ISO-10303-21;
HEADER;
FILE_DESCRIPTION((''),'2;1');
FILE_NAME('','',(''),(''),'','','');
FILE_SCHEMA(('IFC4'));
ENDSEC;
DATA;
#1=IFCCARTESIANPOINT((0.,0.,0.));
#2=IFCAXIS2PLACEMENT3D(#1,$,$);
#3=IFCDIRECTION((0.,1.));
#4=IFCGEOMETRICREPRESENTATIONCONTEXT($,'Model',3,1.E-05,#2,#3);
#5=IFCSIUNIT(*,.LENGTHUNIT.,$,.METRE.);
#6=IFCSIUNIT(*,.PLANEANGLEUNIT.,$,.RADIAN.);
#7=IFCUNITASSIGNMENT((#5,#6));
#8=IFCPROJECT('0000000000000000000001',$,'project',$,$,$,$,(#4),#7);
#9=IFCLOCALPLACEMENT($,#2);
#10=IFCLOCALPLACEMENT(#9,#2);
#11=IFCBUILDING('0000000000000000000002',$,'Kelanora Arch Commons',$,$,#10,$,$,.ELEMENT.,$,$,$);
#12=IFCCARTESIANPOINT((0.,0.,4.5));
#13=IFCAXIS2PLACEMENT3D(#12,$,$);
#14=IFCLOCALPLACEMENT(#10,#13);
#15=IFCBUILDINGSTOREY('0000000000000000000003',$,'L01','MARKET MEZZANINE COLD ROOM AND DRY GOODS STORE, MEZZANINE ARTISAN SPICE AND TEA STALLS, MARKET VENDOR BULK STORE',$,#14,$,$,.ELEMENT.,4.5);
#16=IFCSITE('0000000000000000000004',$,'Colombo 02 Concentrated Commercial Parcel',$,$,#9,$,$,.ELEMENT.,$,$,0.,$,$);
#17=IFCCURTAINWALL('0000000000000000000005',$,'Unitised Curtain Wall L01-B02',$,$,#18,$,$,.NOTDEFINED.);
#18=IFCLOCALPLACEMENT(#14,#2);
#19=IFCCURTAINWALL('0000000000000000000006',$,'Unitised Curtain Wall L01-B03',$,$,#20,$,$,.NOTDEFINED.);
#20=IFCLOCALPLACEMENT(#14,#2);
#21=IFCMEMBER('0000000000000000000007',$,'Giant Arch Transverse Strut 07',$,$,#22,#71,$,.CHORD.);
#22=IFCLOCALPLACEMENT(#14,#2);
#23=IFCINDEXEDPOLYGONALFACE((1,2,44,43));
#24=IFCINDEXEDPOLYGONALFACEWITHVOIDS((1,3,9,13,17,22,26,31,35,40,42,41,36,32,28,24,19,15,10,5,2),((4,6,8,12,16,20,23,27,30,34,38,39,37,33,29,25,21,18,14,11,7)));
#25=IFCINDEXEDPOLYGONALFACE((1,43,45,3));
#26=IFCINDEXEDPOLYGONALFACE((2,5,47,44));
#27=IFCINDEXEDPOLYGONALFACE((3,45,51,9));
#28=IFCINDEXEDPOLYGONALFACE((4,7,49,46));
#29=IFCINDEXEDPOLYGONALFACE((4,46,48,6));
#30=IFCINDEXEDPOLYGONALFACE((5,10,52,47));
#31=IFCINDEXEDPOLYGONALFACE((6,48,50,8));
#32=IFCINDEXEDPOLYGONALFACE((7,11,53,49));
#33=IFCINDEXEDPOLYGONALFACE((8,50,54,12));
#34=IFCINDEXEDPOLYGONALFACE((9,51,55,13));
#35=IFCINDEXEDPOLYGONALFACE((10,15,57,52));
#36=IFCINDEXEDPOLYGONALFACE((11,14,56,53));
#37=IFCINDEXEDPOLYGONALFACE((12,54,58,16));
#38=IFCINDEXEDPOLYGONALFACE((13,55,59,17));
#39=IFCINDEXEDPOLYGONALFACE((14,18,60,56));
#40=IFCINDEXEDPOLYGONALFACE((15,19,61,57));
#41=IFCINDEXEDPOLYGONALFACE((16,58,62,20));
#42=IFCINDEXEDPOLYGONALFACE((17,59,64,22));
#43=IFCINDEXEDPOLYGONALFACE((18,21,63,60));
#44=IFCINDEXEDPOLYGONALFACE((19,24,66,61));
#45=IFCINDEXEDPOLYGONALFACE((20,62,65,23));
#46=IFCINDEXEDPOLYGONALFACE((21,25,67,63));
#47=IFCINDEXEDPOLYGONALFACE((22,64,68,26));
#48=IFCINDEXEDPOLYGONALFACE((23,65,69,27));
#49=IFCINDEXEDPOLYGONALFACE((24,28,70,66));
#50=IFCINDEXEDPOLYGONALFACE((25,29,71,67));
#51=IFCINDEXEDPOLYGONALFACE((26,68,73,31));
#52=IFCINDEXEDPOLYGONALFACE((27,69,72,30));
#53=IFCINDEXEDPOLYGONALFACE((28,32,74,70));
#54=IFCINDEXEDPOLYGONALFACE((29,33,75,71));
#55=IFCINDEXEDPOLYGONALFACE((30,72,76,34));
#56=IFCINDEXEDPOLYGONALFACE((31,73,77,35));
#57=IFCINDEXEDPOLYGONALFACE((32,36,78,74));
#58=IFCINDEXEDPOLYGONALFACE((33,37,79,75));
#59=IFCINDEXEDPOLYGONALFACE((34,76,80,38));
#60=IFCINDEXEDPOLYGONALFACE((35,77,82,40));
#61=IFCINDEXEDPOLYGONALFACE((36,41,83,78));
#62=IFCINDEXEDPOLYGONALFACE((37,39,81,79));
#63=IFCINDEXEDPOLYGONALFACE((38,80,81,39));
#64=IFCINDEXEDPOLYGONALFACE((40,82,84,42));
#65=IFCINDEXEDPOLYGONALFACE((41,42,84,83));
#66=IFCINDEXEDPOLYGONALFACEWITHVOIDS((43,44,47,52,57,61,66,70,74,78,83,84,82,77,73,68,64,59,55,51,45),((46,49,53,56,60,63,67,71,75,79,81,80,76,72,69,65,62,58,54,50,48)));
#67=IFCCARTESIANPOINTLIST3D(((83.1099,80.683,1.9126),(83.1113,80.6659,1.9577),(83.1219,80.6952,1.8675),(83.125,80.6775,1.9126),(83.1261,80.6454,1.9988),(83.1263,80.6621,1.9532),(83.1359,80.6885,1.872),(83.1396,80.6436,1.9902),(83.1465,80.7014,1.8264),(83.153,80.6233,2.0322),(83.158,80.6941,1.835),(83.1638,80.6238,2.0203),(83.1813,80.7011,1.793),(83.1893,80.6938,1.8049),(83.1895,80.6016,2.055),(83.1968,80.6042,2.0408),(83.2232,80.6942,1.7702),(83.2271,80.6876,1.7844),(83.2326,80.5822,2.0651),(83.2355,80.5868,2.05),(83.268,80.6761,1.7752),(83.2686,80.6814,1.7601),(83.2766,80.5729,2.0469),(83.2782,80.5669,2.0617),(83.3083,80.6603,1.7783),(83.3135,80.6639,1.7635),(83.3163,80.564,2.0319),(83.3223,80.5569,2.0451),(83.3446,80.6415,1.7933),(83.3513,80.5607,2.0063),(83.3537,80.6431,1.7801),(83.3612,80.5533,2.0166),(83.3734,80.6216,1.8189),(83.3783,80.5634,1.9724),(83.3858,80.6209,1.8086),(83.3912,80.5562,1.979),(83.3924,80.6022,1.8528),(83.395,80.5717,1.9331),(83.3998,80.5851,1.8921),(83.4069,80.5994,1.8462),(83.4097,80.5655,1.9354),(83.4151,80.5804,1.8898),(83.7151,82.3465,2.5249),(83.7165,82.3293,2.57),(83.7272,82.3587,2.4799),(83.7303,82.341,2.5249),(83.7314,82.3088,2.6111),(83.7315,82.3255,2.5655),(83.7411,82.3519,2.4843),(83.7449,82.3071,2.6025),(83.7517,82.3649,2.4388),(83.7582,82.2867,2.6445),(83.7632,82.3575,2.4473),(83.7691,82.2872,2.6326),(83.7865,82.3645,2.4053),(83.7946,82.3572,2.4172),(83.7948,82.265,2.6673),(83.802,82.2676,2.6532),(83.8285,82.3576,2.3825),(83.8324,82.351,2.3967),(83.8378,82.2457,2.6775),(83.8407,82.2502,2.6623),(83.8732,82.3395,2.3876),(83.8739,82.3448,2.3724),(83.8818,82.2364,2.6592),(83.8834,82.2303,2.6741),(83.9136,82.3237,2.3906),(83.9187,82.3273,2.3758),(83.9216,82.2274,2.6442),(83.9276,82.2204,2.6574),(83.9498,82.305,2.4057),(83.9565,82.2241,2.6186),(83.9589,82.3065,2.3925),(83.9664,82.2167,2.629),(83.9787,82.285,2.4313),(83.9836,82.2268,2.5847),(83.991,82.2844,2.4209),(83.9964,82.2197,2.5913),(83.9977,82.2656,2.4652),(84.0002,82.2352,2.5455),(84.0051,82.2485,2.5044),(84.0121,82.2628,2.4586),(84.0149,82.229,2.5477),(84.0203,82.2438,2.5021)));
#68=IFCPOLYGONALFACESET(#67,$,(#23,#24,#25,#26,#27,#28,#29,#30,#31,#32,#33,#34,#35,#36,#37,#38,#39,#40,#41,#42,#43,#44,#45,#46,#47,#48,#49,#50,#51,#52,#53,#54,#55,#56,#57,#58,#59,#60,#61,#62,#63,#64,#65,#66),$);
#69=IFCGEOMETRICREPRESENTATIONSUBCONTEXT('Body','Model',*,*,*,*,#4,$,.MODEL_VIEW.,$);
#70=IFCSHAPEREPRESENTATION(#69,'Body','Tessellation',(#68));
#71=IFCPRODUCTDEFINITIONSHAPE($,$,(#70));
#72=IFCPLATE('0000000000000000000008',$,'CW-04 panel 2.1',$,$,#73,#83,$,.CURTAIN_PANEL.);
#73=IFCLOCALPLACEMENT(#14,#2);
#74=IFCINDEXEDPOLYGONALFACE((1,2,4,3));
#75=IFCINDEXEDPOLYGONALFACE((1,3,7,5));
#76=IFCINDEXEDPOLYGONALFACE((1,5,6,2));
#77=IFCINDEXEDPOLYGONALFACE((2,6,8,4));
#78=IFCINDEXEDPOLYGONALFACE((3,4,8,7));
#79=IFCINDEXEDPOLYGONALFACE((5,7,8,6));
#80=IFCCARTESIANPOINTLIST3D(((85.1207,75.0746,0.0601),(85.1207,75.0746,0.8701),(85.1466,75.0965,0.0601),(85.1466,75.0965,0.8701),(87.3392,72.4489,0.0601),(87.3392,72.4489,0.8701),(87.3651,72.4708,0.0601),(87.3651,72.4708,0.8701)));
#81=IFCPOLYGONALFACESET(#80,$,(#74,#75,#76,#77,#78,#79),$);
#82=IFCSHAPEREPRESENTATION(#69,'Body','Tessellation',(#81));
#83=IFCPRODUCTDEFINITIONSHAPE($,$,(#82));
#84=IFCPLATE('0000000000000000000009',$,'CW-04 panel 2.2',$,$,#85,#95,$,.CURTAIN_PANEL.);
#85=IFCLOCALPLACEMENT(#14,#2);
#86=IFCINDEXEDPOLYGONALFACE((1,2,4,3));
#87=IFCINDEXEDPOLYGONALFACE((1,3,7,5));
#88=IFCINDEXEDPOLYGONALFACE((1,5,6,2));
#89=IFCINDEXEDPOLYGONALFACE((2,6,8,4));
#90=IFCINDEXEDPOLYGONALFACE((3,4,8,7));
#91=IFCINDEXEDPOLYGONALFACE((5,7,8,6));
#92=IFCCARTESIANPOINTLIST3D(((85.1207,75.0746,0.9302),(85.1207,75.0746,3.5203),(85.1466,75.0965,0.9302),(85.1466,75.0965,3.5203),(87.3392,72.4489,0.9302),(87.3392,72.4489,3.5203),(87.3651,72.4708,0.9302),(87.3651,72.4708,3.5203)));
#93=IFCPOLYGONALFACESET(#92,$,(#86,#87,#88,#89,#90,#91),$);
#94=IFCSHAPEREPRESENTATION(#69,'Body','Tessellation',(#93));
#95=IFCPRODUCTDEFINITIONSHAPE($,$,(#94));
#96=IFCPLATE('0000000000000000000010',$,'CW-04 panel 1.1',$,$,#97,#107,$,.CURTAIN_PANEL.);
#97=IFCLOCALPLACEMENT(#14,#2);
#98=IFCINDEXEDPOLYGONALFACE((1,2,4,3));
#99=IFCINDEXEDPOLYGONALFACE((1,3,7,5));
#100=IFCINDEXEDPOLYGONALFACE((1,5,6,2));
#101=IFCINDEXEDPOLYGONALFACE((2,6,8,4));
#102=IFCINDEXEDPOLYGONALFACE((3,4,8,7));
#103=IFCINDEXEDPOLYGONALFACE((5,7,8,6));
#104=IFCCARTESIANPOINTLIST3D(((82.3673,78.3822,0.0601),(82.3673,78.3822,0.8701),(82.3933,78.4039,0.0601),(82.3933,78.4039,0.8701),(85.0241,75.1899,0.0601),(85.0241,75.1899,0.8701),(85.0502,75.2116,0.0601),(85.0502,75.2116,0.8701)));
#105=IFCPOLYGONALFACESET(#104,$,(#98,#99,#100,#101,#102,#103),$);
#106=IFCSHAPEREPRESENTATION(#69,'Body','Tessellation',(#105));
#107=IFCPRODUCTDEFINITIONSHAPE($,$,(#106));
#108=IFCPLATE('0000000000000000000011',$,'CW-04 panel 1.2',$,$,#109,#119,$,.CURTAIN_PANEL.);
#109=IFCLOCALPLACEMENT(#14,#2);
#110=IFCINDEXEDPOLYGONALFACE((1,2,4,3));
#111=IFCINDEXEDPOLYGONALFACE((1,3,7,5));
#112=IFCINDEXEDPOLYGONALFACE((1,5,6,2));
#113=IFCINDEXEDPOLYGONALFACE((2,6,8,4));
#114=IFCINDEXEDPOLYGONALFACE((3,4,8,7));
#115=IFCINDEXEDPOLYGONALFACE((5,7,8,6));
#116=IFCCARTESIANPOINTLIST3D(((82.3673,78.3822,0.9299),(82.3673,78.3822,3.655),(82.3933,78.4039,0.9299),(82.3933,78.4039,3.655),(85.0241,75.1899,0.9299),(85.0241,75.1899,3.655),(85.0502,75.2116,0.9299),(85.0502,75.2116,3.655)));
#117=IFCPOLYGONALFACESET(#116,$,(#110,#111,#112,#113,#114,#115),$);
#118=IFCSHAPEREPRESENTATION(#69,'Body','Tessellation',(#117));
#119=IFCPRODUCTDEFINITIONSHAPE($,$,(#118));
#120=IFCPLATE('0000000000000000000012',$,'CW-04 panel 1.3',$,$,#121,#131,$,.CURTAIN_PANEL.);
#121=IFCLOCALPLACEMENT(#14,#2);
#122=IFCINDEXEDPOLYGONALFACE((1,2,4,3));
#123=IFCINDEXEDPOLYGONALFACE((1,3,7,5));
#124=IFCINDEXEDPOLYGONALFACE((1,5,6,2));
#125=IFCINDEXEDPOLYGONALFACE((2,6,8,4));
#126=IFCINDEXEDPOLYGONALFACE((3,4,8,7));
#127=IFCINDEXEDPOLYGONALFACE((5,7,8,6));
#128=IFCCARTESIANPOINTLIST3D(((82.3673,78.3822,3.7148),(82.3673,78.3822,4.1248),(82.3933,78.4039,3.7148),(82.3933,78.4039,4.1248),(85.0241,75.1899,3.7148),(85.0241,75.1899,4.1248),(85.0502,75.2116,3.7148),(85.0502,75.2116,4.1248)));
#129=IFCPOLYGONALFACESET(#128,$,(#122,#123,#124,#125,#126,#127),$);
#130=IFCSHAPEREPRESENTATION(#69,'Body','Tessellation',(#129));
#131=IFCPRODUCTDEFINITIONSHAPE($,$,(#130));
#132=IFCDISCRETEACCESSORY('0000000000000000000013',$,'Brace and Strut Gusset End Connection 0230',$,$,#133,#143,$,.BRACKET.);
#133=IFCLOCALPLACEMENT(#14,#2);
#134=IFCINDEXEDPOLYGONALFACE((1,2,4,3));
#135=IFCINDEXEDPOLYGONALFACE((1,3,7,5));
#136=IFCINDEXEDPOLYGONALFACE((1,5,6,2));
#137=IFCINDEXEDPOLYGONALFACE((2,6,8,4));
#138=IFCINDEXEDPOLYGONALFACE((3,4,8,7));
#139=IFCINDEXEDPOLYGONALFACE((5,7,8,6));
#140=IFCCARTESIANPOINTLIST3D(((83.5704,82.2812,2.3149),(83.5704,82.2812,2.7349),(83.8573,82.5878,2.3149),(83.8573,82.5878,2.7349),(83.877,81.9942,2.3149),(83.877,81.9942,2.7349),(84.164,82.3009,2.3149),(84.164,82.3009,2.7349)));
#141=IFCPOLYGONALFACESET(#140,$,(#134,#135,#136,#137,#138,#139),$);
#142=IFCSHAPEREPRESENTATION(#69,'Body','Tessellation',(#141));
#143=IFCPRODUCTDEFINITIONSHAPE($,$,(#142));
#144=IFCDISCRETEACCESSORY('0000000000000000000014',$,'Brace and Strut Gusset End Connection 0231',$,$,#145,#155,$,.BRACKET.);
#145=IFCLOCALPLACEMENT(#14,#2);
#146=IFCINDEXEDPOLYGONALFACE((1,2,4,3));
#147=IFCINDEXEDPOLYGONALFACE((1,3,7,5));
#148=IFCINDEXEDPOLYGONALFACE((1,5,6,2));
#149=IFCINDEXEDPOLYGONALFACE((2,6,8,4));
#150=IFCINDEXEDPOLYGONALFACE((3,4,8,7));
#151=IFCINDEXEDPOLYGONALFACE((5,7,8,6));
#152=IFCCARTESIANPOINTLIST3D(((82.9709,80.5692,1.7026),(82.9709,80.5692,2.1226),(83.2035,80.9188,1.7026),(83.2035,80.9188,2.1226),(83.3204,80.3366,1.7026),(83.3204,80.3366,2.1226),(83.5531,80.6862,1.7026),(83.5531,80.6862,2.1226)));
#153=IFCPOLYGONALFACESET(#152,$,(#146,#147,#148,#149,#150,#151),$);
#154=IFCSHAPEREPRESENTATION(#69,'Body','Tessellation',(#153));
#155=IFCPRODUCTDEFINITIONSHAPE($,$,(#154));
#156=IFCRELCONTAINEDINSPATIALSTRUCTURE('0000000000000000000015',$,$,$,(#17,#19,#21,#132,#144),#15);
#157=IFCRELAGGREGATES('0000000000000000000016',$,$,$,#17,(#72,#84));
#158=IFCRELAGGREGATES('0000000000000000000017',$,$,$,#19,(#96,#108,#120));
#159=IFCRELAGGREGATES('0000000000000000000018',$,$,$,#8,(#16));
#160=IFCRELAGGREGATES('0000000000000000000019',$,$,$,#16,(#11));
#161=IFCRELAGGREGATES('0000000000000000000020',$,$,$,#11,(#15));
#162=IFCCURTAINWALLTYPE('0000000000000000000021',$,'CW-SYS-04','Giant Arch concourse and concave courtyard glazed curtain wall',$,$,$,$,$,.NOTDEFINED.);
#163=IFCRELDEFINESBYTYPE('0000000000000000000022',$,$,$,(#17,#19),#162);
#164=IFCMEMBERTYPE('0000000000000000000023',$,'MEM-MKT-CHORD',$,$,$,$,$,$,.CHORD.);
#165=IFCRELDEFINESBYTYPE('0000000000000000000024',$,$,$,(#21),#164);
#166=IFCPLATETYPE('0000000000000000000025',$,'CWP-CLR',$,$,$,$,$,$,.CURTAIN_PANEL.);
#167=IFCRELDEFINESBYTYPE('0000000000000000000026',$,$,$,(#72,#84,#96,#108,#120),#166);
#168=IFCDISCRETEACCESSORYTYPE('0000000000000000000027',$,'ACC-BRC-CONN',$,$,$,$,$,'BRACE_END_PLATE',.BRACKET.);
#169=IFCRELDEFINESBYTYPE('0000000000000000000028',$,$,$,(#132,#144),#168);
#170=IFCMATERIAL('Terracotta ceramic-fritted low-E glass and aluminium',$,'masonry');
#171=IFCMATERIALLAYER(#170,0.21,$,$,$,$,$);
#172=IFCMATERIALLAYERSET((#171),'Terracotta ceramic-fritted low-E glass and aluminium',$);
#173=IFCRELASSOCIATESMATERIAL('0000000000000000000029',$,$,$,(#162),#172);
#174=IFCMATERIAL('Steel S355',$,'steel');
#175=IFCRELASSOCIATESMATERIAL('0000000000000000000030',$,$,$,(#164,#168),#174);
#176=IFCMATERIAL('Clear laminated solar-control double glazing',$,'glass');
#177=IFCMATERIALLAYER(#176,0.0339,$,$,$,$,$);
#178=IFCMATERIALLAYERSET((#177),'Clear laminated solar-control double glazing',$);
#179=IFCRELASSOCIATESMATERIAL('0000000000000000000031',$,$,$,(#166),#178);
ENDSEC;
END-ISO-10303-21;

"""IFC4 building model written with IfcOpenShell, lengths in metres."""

from ifc_helpers import new_model, si_unit, direction, frame, origin, origin_2d, place, context, subcontext, project, spatial, rectangle, hollow_circle, extrude, source, transform, mapped, material, layer, layer_set, material_profile, profile_set, type_object, element, aggregate, save


model = new_model("IFC4")

# Units and contexts
model_context = context("Model", 3, precision=1e-05, world=origin(), true_north=direction((0.0, 1.0)))
body_context = subcontext(model_context, "Body", "Model", "MODEL_VIEW")
ifc_project = project(units=[si_unit("LENGTHUNIT", "METRE"), si_unit("PLANEANGLEUNIT", "RADIAN")], contexts=[model_context])

# Site, building, storey
site_placement = place(None, origin())
site = spatial("IfcSite", under=ifc_project, at=site_placement, Name="Colombo 02 Concentrated Commercial Parcel", CompositionType="ELEMENT", RefElevation=0.0)
building_placement = place(site_placement, origin())
building = spatial("IfcBuilding", under=site, at=building_placement, Name="Kelanora Arch Commons", CompositionType="ELEMENT")
storey_placement = place(building_placement, frame((0.0, 0.0, 4.5)))
storey = spatial("IfcBuildingStorey", under=building, at=storey_placement, Name="L01", Description="MARKET MEZZANINE COLD ROOM AND DRY GOODS STORE, MEZZANINE ARTISAN SPICE AND TEA STALLS, MARKET VENDOR BULK STORE", CompositionType="ELEMENT", Elevation=4.5)

# Shared definitions
ifc_material_1 = material(Name="Steel S355", Category="steel")

# Curtain wall
ifc_material_2 = material(Name="Terracotta ceramic-fritted low-E glass and aluminium", Category="masonry")
ifc_layer_1 = layer(ifc_material_2, 0.21)
ifc_layer_set_1 = layer_set([ifc_layer_1], Name="Terracotta ceramic-fritted low-E glass and aluminium")
curtain_wall_type = type_object("IfcCurtainWallType", Name="CW-SYS-04", Description="Giant Arch concourse and concave courtyard glazed curtain wall", PredefinedType="NOTDEFINED", material=ifc_layer_set_1)
curtain_wall_1_placement = place(storey_placement, origin())
curtain_wall_1 = element("IfcCurtainWall", 1, at=curtain_wall_1_placement, inside=storey, type_object=curtain_wall_type, Name="Unitised Curtain Wall L01-B02", PredefinedType="NOTDEFINED")

# Curtain wall
curtain_wall_2_placement = place(storey_placement, origin())
curtain_wall_2 = element("IfcCurtainWall", 2, at=curtain_wall_2_placement, inside=storey, type_object=curtain_wall_type, Name="Unitised Curtain Wall L01-B03", PredefinedType="NOTDEFINED")

# Member
ifc_material_profile_1 = material_profile(ifc_material_1, hollow_circle(Radius=0.1619, WallThickness=0.0161, at=origin_2d()), Name="CHS323.9x16")
ifc_profile_set_1 = profile_set([ifc_material_profile_1], Name="Steel S355")
member_type_1 = type_object("IfcMemberType", Name="MEM-MKT-CHORD", PredefinedType="CHORD", material=ifc_profile_set_1)
member_1_placement = place(storey_placement, frame((83.262, 80.6277, 1.9126), z_axis=(0.323143, 0.888088, 0.326923), x_axis=(-0.939725, 0.341931, 0.0)))
element("IfcMember", 3, at=member_1_placement, inside=storey, type_object=member_type_1, Name="Giant Arch Transverse Strut 07", PredefinedType="CHORD", context=body_context, shape_type="SweptSolid", body=[
    extrude(hollow_circle(Radius=0.1619, WallThickness=0.0161, at=origin_2d()), origin(), (0.0, 0.0, 1.0), 1.873),
])

# Plates
ifc_material_3 = material(Name="Clear laminated solar-control double glazing", Category="glass")
ifc_layer_2 = layer(ifc_material_3, 0.0339)
ifc_layer_set_2 = layer_set([ifc_layer_2], Name="Clear laminated solar-control double glazing")
plate_type = type_object("IfcPlateType", Name="CWP-CLR", PredefinedType="CURTAIN_PANEL", material=ifc_layer_set_2)
shared_shape_1 = source(origin(), body_context, "Body", "SweptSolid", [
    extrude(rectangle(XDim=3.4375, YDim=0.0339, at=origin_2d()), origin(), (0.0, 0.0, 1.0), 0.8101),
])
plate_1_placement = place(storey_placement, frame((86.2429, 73.7727, 0.0601), z_axis=(0.0, 0.0, 1.0), x_axis=(-0.645388, 0.763855, 0.0)))
plate_1 = element("IfcPlate", 4, at=plate_1_placement, type_object=plate_type, Name="CW-04 panel 2.1", PredefinedType="CURTAIN_PANEL", context=body_context, shape_type="MappedRepresentation", body=[
    mapped(shared_shape_1, transform((0.0, 0.0, 0.0), scale=1.0)),
])
shared_shape_2 = source(origin(), body_context, "Body", "SweptSolid", [
    extrude(rectangle(XDim=3.4375, YDim=0.0339, at=origin_2d()), origin(), (0.0, 0.0, 1.0), 2.5901),
])
plate_2_placement = place(storey_placement, frame((86.2429, 73.7727, 0.9302), z_axis=(0.0, 0.0, 1.0), x_axis=(-0.645388, 0.763855, 0.0)))
plate_2 = element("IfcPlate", 5, at=plate_2_placement, type_object=plate_type, Name="CW-04 panel 2.2", PredefinedType="CURTAIN_PANEL", context=body_context, shape_type="MappedRepresentation", body=[
    mapped(shared_shape_2, transform((0.0, 0.0, 0.0), scale=1.0)),
])
aggregate(curtain_wall_1, [plate_1, plate_2])
shared_shape_3 = source(origin(), body_context, "Body", "SweptSolid", [
    extrude(rectangle(XDim=4.1533, YDim=0.0339, at=origin_2d()), origin(), (0.0, 0.0, 1.0), 0.8101),
])
plate_3_placement = place(storey_placement, frame((83.7087, 76.7969, 0.0601), z_axis=(0.0, 0.0, 1.0), x_axis=(-0.639702, 0.768623, 0.0)))
plate_3 = element("IfcPlate", 6, at=plate_3_placement, type_object=plate_type, Name="CW-04 panel 1.1", PredefinedType="CURTAIN_PANEL", context=body_context, shape_type="MappedRepresentation", body=[
    mapped(shared_shape_3, transform((0.0, 0.0, 0.0), scale=1.0)),
])
shared_shape_4 = source(origin(), body_context, "Body", "SweptSolid", [
    extrude(rectangle(XDim=4.1533, YDim=0.0339, at=origin_2d()), origin(), (0.0, 0.0, 1.0), 2.7251),
])
plate_4_placement = place(storey_placement, frame((83.7087, 76.7969, 0.9299), z_axis=(0.0, 0.0, 1.0), x_axis=(-0.639702, 0.768623, 0.0)))
plate_4 = element("IfcPlate", 7, at=plate_4_placement, type_object=plate_type, Name="CW-04 panel 1.2", PredefinedType="CURTAIN_PANEL", context=body_context, shape_type="MappedRepresentation", body=[
    mapped(shared_shape_4, transform((0.0, 0.0, 0.0), scale=1.0)),
])
shared_shape_5 = source(origin(), body_context, "Body", "SweptSolid", [
    extrude(rectangle(XDim=4.1533, YDim=0.0339, at=origin_2d()), origin(), (0.0, 0.0, 1.0), 0.4099),
])
plate_5_placement = place(storey_placement, frame((83.7087, 76.7969, 3.7148), z_axis=(0.0, 0.0, 1.0), x_axis=(-0.639702, 0.768623, 0.0)))
plate_5 = element("IfcPlate", 8, at=plate_5_placement, type_object=plate_type, Name="CW-04 panel 1.3", PredefinedType="CURTAIN_PANEL", context=body_context, shape_type="MappedRepresentation", body=[
    mapped(shared_shape_5, transform((0.0, 0.0, 0.0), scale=1.0)),
])
aggregate(curtain_wall_2, [plate_3, plate_4, plate_5])

# Discrete accessories
discrete_accessory_type = type_object("IfcDiscreteAccessoryType", Name="ACC-BRC-CONN", ElementType="BRACE_END_PLATE", PredefinedType="BRACKET", material=ifc_material_1)
shared_shape_6 = source(origin(), body_context, "Body", "SweptSolid", [
    extrude(rectangle(XDim=0.4199, YDim=0.4199, at=origin_2d()), origin(), (0.0, 0.0, 1.0), 0.4199),
])
for number, where, z_axis, x_axis, name in (
    (9, (83.8672, 82.291, 2.3149), (0.0, 0.0, 1.0), (-0.730162, 0.683274, 0.0), "Brace and Strut Gusset End Connection 0230"),
    (10, (83.262, 80.6277, 1.7026), (0.0, 0.0, 1.0), (-0.832535, 0.553973, 0.0), "Brace and Strut Gusset End Connection 0231"),
):
    element("IfcDiscreteAccessory", number, at=place(storey_placement, frame(where, z_axis=z_axis, x_axis=x_axis)), inside=storey, type_object=discrete_accessory_type, Name=name, PredefinedType="BRACKET", context=body_context, shape_type="MappedRepresentation", body=[
        mapped(shared_shape_6, transform((0.0, 0.0, 0.0), scale=1.0)),
    ])

save(model, "model.ifc")
